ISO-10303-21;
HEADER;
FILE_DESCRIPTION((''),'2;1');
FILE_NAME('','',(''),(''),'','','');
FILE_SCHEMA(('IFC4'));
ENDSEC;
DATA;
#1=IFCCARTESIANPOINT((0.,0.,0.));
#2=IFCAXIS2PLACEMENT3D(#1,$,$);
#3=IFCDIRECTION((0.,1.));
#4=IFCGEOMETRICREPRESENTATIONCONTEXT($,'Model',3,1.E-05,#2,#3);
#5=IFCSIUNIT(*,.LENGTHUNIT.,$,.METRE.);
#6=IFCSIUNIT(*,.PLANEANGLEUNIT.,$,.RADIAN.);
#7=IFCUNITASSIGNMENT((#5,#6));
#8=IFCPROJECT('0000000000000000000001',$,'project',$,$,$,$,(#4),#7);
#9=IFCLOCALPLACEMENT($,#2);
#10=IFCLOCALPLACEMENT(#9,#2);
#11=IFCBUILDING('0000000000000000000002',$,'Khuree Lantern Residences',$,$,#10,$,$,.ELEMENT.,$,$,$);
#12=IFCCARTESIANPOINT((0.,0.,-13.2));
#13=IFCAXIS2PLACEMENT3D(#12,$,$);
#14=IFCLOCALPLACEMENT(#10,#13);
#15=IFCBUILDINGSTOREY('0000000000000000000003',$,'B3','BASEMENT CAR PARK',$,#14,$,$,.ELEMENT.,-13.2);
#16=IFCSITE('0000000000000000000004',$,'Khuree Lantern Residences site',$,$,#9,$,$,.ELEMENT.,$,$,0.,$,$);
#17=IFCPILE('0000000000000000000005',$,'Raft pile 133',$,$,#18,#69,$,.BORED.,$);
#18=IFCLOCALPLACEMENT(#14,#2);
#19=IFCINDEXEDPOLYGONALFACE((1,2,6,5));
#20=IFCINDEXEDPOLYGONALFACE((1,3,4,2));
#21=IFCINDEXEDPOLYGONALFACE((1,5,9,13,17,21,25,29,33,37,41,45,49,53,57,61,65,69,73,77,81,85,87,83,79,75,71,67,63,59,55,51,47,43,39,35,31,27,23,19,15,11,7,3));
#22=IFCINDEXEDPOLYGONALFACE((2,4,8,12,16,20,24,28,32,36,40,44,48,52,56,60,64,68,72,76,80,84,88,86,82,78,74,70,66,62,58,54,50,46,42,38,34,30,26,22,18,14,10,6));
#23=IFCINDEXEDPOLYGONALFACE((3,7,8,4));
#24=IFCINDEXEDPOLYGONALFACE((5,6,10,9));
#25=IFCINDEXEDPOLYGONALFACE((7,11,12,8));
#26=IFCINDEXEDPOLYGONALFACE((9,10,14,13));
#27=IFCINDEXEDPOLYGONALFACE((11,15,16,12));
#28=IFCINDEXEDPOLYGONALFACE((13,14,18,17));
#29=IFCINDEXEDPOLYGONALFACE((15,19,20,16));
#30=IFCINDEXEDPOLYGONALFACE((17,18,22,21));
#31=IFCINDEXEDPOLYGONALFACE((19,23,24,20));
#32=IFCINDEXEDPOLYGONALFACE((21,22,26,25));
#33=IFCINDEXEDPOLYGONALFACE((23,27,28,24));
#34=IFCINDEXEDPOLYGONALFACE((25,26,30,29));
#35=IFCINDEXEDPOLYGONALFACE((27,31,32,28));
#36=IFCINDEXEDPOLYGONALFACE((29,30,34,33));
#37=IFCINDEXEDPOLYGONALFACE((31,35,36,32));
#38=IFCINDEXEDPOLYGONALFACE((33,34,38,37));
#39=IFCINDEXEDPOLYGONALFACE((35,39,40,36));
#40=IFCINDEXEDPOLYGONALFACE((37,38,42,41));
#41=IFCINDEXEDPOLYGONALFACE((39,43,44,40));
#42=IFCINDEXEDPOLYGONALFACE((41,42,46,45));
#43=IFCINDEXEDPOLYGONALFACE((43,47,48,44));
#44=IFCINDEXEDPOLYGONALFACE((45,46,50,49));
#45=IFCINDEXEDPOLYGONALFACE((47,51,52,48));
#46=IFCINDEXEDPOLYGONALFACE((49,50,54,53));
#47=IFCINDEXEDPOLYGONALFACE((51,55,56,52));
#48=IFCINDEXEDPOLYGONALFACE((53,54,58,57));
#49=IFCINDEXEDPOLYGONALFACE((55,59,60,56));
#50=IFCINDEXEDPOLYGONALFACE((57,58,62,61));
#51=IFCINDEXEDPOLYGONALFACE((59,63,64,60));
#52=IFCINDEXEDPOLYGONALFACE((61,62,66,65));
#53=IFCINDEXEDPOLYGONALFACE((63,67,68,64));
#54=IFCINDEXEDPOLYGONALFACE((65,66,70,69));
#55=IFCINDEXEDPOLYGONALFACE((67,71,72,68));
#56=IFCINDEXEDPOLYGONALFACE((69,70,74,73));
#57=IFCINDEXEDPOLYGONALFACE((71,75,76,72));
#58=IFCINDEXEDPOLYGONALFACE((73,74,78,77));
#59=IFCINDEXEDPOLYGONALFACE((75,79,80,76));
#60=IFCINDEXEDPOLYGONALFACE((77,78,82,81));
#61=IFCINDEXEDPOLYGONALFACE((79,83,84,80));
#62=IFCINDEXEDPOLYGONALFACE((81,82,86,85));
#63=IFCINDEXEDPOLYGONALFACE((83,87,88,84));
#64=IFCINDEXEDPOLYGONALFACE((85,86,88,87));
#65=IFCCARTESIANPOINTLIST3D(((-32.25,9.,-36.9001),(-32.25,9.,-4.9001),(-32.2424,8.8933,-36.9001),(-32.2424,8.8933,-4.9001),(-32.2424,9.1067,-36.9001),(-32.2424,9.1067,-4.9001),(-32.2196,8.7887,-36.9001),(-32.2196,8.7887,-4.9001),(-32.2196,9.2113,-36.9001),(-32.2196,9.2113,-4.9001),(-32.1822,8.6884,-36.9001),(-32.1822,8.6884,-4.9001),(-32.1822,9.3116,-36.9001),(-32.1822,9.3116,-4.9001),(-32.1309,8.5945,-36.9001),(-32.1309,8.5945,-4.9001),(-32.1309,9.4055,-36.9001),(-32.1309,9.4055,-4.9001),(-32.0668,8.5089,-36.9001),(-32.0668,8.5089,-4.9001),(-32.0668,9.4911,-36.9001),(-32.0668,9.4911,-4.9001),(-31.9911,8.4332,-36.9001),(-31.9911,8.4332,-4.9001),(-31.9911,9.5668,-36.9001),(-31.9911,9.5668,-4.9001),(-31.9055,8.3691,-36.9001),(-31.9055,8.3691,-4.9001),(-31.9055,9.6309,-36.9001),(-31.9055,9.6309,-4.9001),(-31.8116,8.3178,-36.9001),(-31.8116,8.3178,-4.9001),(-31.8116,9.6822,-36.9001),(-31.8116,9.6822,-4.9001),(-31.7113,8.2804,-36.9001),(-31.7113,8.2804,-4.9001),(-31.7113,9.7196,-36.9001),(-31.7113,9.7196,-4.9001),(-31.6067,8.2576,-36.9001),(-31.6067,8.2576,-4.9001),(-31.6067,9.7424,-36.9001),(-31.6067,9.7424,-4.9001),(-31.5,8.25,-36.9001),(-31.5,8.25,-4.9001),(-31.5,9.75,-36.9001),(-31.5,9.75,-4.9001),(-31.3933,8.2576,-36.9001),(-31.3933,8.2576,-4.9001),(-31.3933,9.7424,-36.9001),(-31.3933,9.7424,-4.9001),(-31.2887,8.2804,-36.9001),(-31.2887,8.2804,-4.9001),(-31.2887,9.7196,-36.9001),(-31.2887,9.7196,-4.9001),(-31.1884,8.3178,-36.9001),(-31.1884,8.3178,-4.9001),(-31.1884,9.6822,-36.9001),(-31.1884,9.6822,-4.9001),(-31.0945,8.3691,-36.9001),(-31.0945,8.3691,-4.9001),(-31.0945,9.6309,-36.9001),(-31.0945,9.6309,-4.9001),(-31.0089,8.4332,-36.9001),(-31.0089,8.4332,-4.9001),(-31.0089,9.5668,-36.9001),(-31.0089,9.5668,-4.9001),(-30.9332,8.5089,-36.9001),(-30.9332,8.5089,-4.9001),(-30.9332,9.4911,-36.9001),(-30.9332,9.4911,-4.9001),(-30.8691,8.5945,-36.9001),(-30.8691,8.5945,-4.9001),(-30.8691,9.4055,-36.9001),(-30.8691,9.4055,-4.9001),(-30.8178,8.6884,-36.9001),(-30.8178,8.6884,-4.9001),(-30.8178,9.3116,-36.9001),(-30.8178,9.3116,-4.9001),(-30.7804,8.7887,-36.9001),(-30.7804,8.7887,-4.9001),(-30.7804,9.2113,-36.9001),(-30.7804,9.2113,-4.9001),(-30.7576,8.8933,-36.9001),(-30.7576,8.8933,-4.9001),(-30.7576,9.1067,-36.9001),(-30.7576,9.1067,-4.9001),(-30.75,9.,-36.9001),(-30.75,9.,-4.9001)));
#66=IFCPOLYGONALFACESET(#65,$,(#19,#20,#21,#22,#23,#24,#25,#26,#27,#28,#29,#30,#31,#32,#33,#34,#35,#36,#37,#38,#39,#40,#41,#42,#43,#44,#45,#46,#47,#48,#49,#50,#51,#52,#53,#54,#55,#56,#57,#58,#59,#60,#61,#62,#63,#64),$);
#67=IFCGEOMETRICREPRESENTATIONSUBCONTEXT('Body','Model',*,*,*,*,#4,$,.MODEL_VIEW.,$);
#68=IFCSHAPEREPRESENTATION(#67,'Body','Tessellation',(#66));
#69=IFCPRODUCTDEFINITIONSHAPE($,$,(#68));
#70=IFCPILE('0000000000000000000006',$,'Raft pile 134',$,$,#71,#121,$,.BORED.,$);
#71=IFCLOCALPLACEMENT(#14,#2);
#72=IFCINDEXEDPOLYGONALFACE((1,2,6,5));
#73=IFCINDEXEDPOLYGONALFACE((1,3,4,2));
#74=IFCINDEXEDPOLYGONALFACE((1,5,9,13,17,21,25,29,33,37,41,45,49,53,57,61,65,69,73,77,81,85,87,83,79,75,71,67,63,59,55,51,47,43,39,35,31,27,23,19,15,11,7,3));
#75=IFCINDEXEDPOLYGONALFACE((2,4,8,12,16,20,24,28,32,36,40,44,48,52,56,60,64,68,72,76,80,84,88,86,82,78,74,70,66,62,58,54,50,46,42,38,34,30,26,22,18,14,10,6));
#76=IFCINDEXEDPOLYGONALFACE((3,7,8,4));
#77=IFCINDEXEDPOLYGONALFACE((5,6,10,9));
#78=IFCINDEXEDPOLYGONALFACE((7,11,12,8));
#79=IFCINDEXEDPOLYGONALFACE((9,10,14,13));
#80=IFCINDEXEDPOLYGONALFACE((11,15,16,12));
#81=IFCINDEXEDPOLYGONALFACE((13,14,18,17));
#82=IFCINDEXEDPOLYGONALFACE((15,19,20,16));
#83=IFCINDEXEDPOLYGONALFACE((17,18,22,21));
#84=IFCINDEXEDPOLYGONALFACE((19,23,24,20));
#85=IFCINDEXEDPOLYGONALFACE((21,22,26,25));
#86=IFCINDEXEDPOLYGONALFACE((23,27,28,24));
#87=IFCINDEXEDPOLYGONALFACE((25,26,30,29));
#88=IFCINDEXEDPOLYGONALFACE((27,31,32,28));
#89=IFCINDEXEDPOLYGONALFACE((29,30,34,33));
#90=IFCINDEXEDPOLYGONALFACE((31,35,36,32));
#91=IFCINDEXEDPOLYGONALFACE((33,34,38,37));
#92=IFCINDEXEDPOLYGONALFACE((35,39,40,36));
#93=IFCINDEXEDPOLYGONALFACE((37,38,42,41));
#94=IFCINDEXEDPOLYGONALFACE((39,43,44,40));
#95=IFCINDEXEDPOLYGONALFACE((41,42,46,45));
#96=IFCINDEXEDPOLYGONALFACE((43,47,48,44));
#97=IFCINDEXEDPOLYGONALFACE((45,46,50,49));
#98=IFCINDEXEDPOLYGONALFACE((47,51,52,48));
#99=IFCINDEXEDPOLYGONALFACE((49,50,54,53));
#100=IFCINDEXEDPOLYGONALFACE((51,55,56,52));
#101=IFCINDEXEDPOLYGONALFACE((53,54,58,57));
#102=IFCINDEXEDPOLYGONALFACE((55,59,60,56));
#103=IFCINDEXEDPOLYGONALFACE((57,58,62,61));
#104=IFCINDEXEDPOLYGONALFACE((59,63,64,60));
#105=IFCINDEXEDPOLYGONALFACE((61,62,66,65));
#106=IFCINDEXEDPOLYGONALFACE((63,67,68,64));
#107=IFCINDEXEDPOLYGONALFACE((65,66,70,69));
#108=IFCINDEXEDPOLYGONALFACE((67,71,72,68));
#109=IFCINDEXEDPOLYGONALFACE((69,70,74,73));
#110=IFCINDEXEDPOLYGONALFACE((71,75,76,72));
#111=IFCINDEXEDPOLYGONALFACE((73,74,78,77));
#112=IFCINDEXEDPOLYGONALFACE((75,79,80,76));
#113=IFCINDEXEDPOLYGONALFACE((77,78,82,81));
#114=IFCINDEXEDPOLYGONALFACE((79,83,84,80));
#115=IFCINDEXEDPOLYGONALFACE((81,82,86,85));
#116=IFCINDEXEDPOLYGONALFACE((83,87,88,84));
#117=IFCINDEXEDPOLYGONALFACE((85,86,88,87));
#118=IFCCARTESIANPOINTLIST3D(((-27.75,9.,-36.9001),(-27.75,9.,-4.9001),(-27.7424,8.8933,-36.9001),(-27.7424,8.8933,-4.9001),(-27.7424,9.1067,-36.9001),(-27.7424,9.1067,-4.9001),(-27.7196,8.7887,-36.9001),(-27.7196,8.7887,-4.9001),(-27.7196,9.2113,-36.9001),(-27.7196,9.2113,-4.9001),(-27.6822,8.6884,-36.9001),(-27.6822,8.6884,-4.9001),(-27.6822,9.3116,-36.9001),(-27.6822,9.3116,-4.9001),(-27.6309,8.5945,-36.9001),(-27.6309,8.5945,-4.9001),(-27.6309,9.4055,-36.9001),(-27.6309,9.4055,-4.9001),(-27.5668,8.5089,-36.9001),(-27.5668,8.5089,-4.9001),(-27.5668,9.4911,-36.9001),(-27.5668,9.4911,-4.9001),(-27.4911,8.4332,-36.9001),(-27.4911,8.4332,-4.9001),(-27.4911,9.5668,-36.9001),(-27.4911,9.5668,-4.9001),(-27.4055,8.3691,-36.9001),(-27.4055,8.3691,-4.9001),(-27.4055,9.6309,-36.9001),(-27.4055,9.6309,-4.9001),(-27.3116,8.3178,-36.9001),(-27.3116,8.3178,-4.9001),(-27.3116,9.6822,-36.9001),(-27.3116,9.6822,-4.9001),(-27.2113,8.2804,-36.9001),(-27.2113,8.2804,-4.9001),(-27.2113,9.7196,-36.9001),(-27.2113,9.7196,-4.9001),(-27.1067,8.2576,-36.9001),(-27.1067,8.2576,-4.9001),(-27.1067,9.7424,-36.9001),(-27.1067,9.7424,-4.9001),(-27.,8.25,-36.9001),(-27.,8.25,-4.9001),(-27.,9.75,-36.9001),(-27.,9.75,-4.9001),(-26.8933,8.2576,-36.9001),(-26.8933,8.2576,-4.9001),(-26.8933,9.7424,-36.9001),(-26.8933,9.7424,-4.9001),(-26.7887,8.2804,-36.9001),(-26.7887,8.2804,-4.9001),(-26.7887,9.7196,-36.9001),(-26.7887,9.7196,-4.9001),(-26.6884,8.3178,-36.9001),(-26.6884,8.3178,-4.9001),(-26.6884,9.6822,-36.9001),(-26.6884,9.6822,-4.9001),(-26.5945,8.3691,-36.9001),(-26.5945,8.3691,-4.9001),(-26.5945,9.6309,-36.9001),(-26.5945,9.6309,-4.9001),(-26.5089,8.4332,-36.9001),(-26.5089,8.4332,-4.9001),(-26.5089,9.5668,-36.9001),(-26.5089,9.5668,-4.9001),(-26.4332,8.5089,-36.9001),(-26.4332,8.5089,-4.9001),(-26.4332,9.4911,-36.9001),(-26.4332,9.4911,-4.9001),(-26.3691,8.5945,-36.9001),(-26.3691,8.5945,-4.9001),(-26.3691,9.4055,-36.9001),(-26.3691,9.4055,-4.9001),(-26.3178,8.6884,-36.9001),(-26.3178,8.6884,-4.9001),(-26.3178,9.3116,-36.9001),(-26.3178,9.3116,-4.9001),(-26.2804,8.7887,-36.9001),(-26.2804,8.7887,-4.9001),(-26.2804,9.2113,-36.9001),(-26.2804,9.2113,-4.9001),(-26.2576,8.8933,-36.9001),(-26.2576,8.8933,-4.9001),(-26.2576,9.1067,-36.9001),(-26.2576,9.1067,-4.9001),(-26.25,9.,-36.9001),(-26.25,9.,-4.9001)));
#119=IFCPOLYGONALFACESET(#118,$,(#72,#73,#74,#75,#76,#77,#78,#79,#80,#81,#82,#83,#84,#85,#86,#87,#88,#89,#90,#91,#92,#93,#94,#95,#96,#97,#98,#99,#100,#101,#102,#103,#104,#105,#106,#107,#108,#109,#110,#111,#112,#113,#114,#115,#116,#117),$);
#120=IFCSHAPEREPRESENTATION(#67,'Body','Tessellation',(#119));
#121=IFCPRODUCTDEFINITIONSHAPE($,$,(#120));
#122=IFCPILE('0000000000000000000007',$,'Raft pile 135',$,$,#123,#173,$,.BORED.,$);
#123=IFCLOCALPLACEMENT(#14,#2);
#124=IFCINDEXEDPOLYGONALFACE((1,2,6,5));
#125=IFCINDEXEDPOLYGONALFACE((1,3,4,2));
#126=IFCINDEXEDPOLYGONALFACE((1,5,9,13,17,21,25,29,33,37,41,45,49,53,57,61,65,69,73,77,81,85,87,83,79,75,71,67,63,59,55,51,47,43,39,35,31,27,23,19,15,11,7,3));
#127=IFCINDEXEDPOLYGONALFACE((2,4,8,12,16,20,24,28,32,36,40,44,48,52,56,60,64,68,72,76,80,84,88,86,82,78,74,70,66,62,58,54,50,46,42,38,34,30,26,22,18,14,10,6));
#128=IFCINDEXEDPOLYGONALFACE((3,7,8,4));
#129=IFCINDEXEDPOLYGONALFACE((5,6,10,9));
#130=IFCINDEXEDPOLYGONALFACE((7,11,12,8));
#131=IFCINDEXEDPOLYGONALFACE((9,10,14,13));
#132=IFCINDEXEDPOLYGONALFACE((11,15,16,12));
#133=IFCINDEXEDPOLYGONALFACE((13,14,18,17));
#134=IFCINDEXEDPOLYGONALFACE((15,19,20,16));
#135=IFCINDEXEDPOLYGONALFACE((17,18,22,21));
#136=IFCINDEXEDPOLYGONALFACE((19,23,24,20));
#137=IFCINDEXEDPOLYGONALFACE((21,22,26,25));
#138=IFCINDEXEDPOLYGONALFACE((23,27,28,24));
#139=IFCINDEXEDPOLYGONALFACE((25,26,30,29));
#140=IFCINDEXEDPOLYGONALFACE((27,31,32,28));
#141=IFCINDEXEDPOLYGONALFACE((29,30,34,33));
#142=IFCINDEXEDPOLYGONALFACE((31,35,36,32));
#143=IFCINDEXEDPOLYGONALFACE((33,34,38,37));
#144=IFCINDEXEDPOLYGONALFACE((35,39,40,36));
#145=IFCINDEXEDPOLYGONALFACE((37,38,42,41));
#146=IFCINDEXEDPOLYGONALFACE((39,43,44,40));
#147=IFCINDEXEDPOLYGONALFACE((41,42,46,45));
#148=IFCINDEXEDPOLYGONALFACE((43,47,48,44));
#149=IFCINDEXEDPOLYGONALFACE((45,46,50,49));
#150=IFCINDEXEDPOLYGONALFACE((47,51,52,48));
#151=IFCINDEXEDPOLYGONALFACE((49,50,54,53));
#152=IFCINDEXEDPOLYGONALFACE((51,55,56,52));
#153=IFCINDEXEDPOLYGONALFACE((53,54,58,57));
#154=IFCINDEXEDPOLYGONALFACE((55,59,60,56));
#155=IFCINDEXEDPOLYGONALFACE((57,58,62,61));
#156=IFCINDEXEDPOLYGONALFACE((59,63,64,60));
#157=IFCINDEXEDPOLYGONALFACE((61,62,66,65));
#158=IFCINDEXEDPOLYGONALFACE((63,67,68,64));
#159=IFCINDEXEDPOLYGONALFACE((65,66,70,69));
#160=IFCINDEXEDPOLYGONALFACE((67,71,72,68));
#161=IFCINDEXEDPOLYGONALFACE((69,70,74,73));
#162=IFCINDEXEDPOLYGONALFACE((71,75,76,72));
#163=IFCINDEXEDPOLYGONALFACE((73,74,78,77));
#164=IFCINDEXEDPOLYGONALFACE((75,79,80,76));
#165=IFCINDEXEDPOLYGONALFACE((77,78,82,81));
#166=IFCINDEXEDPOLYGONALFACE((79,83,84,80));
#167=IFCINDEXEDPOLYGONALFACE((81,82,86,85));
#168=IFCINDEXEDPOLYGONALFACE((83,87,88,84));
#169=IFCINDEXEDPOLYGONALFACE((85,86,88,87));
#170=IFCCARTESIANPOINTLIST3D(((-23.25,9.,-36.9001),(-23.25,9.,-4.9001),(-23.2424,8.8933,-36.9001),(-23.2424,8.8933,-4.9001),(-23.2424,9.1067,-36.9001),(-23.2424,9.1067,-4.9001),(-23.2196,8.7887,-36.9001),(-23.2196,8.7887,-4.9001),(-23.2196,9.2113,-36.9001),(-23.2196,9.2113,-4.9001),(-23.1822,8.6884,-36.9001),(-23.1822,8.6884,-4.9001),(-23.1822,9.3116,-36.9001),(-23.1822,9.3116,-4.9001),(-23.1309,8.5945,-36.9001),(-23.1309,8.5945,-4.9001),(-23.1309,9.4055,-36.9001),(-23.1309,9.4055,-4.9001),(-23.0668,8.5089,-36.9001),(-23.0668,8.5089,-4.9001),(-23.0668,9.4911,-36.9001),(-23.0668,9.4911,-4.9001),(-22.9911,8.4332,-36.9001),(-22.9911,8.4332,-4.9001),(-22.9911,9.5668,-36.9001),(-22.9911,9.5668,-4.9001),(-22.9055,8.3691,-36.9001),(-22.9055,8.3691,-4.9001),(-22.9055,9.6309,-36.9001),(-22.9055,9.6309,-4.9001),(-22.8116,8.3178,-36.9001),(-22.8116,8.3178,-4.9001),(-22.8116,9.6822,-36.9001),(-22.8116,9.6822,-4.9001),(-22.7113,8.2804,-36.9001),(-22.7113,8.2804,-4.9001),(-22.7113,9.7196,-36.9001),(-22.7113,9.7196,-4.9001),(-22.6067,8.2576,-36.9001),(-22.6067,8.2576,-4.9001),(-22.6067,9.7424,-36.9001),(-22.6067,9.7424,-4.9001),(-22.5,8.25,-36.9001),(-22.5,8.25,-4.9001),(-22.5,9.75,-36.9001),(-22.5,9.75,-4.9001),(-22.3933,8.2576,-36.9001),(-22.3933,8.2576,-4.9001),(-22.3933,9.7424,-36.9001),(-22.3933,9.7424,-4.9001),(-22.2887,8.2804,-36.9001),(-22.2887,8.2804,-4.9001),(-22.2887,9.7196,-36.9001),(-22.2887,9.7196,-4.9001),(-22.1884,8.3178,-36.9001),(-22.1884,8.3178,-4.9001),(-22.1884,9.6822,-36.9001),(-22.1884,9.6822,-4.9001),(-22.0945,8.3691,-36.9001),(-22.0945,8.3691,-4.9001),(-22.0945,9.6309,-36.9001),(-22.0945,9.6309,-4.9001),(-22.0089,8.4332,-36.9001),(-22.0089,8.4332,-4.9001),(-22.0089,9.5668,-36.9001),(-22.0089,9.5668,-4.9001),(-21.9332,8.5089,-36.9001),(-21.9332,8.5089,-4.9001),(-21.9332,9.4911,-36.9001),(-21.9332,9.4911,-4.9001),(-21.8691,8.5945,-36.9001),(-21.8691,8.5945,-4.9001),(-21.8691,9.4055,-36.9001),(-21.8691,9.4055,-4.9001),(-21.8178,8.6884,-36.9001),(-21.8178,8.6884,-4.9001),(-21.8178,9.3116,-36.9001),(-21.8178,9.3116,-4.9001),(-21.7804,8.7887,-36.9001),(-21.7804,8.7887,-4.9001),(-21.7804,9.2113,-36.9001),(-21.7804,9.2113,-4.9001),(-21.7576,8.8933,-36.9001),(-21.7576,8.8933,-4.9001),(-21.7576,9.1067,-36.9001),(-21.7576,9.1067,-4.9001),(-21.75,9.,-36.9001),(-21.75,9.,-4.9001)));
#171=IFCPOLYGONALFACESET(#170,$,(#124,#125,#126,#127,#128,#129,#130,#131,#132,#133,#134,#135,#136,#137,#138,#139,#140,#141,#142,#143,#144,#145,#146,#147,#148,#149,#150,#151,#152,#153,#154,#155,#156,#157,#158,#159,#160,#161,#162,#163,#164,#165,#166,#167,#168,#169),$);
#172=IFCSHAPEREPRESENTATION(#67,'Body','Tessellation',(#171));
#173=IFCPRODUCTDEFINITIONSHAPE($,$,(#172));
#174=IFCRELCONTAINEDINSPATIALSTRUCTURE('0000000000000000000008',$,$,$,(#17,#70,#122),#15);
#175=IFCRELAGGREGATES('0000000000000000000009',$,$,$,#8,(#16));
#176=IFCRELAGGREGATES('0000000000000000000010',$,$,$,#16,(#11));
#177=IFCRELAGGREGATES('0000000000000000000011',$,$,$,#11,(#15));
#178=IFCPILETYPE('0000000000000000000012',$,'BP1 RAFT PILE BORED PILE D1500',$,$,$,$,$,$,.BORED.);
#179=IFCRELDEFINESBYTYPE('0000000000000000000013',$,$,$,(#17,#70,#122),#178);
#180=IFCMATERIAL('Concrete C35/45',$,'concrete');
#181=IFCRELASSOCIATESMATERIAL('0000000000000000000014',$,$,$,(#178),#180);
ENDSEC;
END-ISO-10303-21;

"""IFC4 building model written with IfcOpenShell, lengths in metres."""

from ifc_helpers import new_model, si_unit, direction, frame, origin, origin_2d, place, context, subcontext, project, spatial, circle, extrude, material, material_profile, profile_set, type_object, element, save


model = new_model("IFC4")

# Units and contexts
model_context = context("Model", 3, precision=1e-05, world=origin(), true_north=direction((0.0, 1.0)))
body_context = subcontext(model_context, "Body", "Model", "MODEL_VIEW")
ifc_project = project(units=[si_unit("LENGTHUNIT", "METRE"), si_unit("PLANEANGLEUNIT", "RADIAN")], contexts=[model_context])

# Site, building, storey
site_placement = place(None, origin())
site = spatial("IfcSite", under=ifc_project, at=site_placement, Name="Khuree Lantern Residences site", CompositionType="ELEMENT", RefElevation=0.0)
building_placement = place(site_placement, origin())
building = spatial("IfcBuilding", under=site, at=building_placement, Name="Khuree Lantern Residences", CompositionType="ELEMENT")
storey_placement = place(building_placement, frame((0.0, 0.0, -13.2)))
storey = spatial("IfcBuildingStorey", under=building, at=storey_placement, Name="B3", Description="BASEMENT CAR PARK", CompositionType="ELEMENT", Elevation=-13.2)

# Piles
ifc_material_1 = material(Name="Concrete C35/45", Category="concrete")
ifc_material_profile_1 = material_profile(ifc_material_1, circle(Radius=0.75, at=origin_2d()), Name="BORED PILE D1500")
ifc_profile_set_1 = profile_set([ifc_material_profile_1], Name="Concrete C35/45")
pile_type_1 = type_object("IfcPileType", Name="BP1 RAFT PILE BORED PILE D1500", PredefinedType="BORED", material=ifc_profile_set_1)
for number, where, z_axis, x_axis, name in (
    (1, (-31.5, 9.0, -4.9001), (0.0, 0.0, -1.0), (1.0, 0.0, 0.0), "Raft pile 133"),
    (2, (-27.0, 9.0, -4.9001), (0.0, 0.0, -1.0), (1.0, 0.0, 0.0), "Raft pile 134"),
    (3, (-22.5, 9.0, -4.9001), (0.0, 0.0, -1.0), (1.0, 0.0, 0.0), "Raft pile 135"),
):
    element("IfcPile", number, at=place(storey_placement, frame(where, z_axis=z_axis, x_axis=x_axis)), inside=storey, type_object=pile_type_1, Name=name, PredefinedType="BORED", context=body_context, shape_type="SweptSolid", body=[
        extrude(circle(Radius=0.75, at=origin_2d()), origin(), (0.0, 0.0, 1.0), 32.0),
    ])

save(model, "model.ifc")
